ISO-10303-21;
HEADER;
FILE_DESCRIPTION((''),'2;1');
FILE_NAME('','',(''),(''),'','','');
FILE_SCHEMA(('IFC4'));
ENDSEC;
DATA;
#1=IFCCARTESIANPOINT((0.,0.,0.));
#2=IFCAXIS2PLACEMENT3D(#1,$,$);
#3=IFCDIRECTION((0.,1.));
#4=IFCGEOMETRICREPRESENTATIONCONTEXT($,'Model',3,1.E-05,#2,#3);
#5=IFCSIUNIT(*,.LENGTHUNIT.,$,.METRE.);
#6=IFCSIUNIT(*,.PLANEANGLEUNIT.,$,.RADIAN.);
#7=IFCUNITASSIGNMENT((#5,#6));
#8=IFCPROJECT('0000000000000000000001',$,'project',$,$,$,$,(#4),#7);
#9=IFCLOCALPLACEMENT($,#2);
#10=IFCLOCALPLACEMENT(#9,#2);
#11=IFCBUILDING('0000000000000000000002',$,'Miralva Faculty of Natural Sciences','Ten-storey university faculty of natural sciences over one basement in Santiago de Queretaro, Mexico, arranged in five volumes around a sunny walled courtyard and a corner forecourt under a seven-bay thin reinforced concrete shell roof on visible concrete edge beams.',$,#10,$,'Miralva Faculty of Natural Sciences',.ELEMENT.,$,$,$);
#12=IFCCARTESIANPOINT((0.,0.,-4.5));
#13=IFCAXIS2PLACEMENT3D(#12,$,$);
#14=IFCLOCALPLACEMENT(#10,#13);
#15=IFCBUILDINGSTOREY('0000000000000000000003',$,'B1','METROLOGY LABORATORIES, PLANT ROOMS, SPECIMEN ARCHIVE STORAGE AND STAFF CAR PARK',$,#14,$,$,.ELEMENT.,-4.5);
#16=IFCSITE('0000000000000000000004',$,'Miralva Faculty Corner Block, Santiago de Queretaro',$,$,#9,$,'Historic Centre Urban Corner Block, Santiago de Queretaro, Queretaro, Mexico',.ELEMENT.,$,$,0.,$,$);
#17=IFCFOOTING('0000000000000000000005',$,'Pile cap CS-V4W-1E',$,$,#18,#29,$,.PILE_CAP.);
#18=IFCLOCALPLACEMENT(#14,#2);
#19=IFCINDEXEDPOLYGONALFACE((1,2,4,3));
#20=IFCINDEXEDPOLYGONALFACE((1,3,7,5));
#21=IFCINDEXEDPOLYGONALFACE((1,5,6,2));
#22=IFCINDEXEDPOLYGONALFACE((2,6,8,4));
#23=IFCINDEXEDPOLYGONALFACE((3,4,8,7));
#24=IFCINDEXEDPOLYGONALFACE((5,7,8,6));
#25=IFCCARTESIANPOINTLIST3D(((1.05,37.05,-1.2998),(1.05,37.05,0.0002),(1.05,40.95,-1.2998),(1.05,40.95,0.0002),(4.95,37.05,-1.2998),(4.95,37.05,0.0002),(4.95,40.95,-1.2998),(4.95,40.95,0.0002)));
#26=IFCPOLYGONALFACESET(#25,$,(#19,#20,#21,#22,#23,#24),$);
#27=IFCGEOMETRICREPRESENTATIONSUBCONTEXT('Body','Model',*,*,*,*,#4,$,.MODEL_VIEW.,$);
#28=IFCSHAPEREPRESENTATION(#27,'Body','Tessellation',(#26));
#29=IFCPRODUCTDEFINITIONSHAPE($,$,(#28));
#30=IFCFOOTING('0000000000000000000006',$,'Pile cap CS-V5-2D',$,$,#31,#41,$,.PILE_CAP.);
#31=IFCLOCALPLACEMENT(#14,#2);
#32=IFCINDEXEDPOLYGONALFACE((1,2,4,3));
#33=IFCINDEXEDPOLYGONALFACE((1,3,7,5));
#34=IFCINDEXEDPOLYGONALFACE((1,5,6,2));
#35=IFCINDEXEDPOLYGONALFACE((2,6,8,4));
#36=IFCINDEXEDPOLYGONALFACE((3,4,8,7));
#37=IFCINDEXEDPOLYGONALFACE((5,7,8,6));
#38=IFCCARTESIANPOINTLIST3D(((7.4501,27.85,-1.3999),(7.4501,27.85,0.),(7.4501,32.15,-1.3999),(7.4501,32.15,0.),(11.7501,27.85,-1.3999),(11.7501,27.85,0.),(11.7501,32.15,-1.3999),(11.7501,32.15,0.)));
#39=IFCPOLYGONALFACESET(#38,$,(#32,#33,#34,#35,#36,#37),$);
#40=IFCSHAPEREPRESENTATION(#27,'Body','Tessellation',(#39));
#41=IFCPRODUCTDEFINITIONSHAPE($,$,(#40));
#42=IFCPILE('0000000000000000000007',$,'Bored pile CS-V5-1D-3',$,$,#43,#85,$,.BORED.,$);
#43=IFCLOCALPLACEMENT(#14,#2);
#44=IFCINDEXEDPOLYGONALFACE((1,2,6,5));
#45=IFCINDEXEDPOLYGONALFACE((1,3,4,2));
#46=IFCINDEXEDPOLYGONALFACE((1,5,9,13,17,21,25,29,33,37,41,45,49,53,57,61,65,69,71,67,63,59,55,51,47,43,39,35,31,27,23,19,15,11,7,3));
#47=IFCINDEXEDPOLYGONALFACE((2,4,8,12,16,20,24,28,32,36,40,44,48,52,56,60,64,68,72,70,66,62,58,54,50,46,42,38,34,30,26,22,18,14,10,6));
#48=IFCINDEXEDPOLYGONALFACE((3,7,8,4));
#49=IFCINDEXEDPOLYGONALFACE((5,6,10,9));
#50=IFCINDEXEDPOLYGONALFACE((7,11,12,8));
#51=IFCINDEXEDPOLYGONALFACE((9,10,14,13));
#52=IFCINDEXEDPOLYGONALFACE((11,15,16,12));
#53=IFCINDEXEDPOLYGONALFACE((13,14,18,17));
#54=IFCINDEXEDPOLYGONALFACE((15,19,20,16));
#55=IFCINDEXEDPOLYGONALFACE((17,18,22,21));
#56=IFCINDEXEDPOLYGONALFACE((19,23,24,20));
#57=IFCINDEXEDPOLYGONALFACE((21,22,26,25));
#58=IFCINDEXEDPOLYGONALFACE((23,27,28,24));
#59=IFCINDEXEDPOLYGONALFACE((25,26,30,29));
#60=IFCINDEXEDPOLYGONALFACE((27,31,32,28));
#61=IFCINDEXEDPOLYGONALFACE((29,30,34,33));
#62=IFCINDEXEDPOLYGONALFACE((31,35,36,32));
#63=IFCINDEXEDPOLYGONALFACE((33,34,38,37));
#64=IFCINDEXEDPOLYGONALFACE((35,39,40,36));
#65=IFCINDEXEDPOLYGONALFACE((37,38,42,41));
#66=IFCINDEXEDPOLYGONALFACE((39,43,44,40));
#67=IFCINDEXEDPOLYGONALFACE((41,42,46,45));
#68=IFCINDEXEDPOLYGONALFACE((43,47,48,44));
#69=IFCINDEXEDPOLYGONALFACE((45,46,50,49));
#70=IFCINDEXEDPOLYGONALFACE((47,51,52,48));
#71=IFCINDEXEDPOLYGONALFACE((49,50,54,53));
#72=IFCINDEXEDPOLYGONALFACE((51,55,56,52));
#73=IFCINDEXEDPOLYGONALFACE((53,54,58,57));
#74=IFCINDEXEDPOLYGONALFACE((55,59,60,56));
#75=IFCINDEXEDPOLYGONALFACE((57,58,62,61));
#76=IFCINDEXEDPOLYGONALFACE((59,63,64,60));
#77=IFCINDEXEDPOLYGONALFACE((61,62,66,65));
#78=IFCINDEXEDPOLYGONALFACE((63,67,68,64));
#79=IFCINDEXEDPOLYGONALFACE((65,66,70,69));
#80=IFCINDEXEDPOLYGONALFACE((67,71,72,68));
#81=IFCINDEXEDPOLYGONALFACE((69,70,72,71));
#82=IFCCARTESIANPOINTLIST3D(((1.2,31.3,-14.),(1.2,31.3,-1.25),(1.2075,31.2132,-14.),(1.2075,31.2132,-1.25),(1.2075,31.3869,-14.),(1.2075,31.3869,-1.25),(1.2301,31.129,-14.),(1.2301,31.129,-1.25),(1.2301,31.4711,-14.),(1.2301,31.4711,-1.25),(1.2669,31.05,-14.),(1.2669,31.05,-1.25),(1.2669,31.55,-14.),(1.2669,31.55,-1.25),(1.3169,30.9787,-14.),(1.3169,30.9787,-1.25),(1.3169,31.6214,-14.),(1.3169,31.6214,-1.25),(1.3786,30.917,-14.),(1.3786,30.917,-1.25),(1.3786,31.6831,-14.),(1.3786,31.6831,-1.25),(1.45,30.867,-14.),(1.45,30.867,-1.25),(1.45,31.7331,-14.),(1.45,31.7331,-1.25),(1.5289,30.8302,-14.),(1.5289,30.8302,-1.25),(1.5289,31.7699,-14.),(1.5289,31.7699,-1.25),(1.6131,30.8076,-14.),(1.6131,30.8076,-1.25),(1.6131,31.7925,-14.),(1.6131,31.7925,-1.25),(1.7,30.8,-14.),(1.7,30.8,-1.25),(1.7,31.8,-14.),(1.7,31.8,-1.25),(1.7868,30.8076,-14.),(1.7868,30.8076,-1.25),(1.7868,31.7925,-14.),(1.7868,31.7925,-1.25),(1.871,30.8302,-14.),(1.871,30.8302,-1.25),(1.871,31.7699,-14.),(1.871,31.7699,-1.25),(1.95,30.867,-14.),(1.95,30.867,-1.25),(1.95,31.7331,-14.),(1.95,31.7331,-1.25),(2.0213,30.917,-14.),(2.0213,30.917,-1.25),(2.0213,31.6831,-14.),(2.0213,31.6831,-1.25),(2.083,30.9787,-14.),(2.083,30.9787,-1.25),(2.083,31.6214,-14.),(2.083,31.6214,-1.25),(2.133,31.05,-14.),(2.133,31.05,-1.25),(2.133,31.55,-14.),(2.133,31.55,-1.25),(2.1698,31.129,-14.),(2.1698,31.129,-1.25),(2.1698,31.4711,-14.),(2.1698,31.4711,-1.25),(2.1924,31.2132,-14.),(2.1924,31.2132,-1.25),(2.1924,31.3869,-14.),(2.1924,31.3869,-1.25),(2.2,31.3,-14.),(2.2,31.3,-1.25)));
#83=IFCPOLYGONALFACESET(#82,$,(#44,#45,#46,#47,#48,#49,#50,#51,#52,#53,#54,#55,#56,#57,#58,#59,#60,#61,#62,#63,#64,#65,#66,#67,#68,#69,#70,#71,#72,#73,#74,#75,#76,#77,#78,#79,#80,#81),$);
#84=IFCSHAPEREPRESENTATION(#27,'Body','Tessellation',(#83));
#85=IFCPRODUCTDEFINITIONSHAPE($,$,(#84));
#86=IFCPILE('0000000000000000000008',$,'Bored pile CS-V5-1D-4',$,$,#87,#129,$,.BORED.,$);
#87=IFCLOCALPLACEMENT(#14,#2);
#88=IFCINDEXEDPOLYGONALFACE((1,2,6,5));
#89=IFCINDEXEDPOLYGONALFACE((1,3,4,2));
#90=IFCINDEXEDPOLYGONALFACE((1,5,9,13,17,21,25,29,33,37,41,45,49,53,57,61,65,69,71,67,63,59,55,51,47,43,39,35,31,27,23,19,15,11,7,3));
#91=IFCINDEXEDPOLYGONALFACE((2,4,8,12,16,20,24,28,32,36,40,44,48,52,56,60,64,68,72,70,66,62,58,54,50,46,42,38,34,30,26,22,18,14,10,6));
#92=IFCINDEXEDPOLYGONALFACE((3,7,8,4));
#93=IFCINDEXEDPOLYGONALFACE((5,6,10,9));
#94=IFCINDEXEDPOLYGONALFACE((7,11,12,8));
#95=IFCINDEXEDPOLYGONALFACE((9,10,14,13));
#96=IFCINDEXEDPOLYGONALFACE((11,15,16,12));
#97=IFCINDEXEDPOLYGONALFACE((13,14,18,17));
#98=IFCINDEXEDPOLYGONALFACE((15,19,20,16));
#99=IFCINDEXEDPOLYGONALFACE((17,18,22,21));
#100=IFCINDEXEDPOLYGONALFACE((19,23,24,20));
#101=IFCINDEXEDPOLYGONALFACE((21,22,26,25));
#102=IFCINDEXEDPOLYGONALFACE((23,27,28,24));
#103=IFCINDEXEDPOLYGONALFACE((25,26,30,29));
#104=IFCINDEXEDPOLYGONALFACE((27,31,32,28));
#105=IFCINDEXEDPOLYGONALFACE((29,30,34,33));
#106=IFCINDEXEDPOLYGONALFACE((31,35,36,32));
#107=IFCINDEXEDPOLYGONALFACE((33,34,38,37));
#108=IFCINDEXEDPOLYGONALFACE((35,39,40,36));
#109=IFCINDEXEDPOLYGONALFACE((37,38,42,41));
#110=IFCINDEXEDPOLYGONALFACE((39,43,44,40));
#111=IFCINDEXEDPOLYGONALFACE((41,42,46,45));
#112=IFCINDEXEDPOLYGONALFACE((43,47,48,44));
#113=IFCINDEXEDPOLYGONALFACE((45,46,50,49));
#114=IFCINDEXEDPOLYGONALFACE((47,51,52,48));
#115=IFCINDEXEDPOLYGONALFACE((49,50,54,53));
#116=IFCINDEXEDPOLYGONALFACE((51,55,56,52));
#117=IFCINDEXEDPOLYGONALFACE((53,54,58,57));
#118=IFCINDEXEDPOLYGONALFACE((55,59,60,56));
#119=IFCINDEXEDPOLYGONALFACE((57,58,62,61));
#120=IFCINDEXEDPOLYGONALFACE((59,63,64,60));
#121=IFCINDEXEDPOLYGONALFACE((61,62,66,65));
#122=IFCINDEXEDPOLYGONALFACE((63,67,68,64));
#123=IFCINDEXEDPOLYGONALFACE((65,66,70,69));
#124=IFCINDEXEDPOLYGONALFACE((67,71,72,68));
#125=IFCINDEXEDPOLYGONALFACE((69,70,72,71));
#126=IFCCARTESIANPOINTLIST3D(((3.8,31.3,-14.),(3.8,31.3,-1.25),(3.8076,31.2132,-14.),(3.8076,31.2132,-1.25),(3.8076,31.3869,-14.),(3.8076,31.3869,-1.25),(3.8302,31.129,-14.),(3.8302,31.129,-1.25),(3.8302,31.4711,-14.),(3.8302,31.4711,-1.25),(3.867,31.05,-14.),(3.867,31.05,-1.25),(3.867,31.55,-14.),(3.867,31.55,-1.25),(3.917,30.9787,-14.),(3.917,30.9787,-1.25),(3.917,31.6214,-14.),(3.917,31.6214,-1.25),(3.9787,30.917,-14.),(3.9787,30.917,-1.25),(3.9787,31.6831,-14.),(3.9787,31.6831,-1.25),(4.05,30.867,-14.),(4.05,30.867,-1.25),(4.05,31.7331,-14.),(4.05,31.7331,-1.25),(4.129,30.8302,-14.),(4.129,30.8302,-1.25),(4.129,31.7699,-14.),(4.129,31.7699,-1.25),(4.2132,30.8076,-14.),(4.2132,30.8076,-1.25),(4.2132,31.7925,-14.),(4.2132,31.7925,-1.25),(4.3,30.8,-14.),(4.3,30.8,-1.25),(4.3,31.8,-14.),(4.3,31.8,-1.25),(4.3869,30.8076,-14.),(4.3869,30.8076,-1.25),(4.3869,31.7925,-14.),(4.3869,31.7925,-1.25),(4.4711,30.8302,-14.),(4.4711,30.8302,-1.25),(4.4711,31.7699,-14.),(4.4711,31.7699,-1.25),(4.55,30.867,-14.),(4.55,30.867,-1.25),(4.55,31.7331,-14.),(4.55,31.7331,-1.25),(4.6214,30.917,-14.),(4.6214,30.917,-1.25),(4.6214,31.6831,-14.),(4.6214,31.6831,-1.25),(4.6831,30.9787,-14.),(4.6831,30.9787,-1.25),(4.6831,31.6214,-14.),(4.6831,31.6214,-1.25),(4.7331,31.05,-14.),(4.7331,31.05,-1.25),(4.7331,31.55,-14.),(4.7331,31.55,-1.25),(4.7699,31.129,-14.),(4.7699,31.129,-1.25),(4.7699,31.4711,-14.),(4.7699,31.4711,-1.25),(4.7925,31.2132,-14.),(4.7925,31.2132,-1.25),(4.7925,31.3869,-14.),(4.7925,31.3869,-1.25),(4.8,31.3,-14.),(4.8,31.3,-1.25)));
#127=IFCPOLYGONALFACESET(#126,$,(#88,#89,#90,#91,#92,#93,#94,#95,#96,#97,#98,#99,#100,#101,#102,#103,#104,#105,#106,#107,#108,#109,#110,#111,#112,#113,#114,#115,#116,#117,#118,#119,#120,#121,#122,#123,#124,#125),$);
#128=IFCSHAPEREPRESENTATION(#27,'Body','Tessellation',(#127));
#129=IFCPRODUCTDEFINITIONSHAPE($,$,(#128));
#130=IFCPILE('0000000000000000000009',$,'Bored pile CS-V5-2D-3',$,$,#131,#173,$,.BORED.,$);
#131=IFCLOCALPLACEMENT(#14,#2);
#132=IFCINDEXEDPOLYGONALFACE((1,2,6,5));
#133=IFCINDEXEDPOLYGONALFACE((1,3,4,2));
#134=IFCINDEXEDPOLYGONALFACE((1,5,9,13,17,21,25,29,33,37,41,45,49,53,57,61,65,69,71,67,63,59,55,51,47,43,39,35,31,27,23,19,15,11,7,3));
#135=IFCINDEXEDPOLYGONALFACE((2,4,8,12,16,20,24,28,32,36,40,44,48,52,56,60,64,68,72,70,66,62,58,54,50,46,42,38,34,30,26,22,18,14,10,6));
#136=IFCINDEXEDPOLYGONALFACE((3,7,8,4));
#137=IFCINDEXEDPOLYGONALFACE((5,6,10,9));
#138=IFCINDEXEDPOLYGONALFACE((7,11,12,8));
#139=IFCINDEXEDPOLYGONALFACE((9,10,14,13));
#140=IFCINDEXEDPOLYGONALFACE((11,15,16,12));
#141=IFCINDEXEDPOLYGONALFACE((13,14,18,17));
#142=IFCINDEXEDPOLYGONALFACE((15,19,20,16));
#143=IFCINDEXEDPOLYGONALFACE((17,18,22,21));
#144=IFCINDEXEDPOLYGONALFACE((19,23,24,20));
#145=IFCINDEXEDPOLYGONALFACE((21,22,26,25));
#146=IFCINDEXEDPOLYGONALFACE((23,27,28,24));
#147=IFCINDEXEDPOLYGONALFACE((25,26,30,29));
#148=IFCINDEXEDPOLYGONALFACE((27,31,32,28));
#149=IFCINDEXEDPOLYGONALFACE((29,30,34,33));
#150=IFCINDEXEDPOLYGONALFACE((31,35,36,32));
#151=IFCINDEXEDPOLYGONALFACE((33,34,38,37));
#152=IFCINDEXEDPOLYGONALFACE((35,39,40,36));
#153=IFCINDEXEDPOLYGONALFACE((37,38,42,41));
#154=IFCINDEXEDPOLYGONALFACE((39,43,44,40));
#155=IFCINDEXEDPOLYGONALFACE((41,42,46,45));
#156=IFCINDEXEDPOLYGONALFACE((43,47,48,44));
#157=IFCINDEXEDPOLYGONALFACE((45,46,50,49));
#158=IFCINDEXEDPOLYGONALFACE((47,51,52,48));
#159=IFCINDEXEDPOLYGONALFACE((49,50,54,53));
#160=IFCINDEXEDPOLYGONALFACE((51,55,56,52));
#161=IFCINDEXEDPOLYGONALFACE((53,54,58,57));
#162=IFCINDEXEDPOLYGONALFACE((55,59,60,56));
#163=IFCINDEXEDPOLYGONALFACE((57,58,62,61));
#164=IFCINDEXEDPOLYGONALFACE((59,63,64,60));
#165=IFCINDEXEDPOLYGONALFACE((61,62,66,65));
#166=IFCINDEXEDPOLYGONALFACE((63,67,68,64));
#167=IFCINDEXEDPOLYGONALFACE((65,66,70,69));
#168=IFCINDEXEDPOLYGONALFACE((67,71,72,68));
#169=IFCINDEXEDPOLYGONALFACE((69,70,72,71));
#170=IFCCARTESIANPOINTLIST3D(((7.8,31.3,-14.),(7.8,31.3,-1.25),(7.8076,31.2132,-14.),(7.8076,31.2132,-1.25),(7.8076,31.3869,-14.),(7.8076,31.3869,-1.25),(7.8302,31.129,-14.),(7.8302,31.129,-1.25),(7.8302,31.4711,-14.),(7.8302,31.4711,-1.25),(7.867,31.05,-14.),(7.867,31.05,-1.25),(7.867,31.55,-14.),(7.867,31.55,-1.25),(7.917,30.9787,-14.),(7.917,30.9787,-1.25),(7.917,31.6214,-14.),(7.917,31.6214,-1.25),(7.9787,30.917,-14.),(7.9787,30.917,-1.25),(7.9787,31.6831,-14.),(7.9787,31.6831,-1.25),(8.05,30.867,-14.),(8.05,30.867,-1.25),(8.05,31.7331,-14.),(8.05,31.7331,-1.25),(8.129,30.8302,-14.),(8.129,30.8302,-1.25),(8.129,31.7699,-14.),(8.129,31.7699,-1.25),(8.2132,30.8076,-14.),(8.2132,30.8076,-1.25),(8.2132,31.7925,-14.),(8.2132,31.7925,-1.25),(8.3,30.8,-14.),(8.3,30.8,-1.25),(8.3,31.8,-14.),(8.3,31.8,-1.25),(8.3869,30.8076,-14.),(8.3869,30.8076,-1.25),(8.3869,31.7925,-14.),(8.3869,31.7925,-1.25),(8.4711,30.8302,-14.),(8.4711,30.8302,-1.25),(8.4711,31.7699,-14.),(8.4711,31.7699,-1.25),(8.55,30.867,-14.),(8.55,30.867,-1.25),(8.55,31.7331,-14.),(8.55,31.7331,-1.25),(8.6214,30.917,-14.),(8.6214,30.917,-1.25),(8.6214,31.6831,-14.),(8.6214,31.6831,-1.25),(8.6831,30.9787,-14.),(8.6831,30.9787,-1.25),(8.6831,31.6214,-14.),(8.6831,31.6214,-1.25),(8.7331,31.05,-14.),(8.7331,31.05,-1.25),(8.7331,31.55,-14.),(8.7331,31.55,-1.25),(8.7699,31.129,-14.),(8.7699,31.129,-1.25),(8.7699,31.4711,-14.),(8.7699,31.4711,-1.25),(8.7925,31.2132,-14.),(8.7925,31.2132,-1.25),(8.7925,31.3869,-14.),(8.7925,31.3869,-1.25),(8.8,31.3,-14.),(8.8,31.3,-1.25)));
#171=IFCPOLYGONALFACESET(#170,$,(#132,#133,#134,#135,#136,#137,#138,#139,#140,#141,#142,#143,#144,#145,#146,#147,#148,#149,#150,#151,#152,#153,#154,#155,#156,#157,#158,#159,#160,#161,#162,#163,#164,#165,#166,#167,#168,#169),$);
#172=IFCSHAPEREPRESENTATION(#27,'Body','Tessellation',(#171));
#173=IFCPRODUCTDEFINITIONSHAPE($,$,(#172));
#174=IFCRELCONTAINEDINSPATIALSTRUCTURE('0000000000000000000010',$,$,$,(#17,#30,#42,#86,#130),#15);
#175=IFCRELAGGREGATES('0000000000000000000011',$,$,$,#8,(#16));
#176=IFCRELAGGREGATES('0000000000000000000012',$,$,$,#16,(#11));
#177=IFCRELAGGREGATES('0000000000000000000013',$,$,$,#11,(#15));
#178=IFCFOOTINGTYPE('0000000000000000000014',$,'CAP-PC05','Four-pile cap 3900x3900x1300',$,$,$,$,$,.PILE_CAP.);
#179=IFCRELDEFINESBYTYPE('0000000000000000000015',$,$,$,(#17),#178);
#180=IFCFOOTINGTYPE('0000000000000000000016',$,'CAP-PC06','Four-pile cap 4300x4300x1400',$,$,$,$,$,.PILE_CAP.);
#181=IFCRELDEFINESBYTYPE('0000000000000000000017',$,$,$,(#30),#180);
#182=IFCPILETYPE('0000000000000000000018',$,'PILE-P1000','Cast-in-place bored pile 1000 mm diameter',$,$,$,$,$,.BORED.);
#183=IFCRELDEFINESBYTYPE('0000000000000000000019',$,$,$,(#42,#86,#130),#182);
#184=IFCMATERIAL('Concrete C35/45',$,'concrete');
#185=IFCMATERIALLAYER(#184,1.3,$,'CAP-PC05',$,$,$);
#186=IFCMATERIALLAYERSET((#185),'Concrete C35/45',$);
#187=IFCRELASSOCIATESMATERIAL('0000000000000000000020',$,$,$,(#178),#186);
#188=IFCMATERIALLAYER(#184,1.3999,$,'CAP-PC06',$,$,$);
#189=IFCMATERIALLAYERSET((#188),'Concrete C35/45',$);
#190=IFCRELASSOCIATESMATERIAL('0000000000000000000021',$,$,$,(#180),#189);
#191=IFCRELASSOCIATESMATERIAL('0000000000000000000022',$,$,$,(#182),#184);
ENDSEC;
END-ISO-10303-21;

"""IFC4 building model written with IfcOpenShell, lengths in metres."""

from ifc_helpers import new_model, si_unit, direction, frame, origin, origin_2d, place, context, subcontext, project, spatial, rectangle, circle, extrude, material, layer, layer_set, material_profile, profile_set, type_object, element, save


model = new_model("IFC4")

# Units and contexts
model_context = context("Model", 3, precision=1e-05, world=origin(), true_north=direction((0.0, 1.0)))
body_context = subcontext(model_context, "Body", "Model", "MODEL_VIEW")
ifc_project = project(units=[si_unit("LENGTHUNIT", "METRE"), si_unit("PLANEANGLEUNIT", "RADIAN")], contexts=[model_context])

# Site, building, storey
site_placement = place(None, origin())
site = spatial("IfcSite", under=ifc_project, at=site_placement, Name="Miralva Faculty Corner Block, Santiago de Queretaro", LongName="Historic Centre Urban Corner Block, Santiago de Queretaro, Queretaro, Mexico", CompositionType="ELEMENT", RefElevation=0.0)
building_placement = place(site_placement, origin())
building = spatial("IfcBuilding", under=site, at=building_placement, Name="Miralva Faculty of Natural Sciences", Description="Ten-storey university faculty of natural sciences over one basement in Santiago de Queretaro, Mexico, arranged in five volumes around a sunny walled courtyard and a corner forecourt under a seven-bay thin reinforced concrete shell roof on visible concrete edge beams.", LongName="Miralva Faculty of Natural Sciences", CompositionType="ELEMENT")
storey_placement = place(building_placement, frame((0.0, 0.0, -4.5)))
storey = spatial("IfcBuildingStorey", under=building, at=storey_placement, Name="B1", Description="METROLOGY LABORATORIES, PLANT ROOMS, SPECIMEN ARCHIVE STORAGE AND STAFF CAR PARK", CompositionType="ELEMENT", Elevation=-4.5)

# Footings
ifc_material_1 = material(Name="Concrete C35/45", Category="concrete")
ifc_layer_1 = layer(ifc_material_1, 1.3, Name="CAP-PC05")
ifc_layer_set_1 = layer_set([ifc_layer_1], Name="Concrete C35/45")
footing_type_1 = type_object("IfcFootingType", Name="CAP-PC05", Description="Four-pile cap 3900x3900x1300", PredefinedType="PILE_CAP", material=ifc_layer_set_1)
footing_1_placement = place(storey_placement, frame((3.0, 39.0, -1.2998), z_axis=(0.0, 0.0, 1.0), x_axis=(1.0, 0.0, 0.0)))
element("IfcFooting", 1, at=footing_1_placement, inside=storey, type_object=footing_type_1, Name="Pile cap CS-V4W-1E", PredefinedType="PILE_CAP", context=body_context, shape_type="SweptSolid", body=[
    extrude(rectangle(XDim=3.8999, YDim=3.8999, at=origin_2d()), origin(), (0.0, 0.0, 1.0), 1.3),
])
ifc_layer_2 = layer(ifc_material_1, 1.3999, Name="CAP-PC06")
ifc_layer_set_2 = layer_set([ifc_layer_2], Name="Concrete C35/45")
footing_type_2 = type_object("IfcFootingType", Name="CAP-PC06", Description="Four-pile cap 4300x4300x1400", PredefinedType="PILE_CAP", material=ifc_layer_set_2)
footing_2_placement = place(storey_placement, frame((9.6001, 30.0, -1.3999), z_axis=(0.0, 0.0, 1.0), x_axis=(1.0, 0.0, 0.0)))
element("IfcFooting", 2, at=footing_2_placement, inside=storey, type_object=footing_type_2, Name="Pile cap CS-V5-2D", PredefinedType="PILE_CAP", context=body_context, shape_type="SweptSolid", body=[
    extrude(rectangle(XDim=4.3, YDim=4.3, at=origin_2d()), origin(), (0.0, 0.0, 1.0), 1.3999),
])

# Piles
ifc_material_profile_1 = material_profile(ifc_material_1, circle(Radius=0.5, at=origin_2d()), Name="BORED PILE 1000")
ifc_profile_set_1 = profile_set([ifc_material_profile_1], Name="Concrete C35/45")
pile_type_1 = type_object("IfcPileType", Name="PILE-P1000", Description="Cast-in-place bored pile 1000 mm diameter", PredefinedType="BORED", material=ifc_profile_set_1)
for number, where, z_axis, x_axis, name in (
    (3, (1.7, 31.3, -1.25), (0.0, 0.0, -1.0), (1.0, 0.0, 0.0), "Bored pile CS-V5-1D-3"),
    (4, (4.3, 31.3, -1.25), (0.0, 0.0, -1.0), (1.0, 0.0, 0.0), "Bored pile CS-V5-1D-4"),
    (5, (8.3, 31.3, -1.25), (0.0, 0.0, -1.0), (1.0, 0.0, 0.0), "Bored pile CS-V5-2D-3"),
):
    element("IfcPile", number, at=place(storey_placement, frame(where, z_axis=z_axis, x_axis=x_axis)), inside=storey, type_object=pile_type_1, Name=name, PredefinedType="BORED", context=body_context, shape_type="SweptSolid", body=[
        extrude(circle(Radius=0.5, at=origin_2d()), origin(), (0.0, 0.0, 1.0), 12.75),
    ])

save(model, "model.ifc")
